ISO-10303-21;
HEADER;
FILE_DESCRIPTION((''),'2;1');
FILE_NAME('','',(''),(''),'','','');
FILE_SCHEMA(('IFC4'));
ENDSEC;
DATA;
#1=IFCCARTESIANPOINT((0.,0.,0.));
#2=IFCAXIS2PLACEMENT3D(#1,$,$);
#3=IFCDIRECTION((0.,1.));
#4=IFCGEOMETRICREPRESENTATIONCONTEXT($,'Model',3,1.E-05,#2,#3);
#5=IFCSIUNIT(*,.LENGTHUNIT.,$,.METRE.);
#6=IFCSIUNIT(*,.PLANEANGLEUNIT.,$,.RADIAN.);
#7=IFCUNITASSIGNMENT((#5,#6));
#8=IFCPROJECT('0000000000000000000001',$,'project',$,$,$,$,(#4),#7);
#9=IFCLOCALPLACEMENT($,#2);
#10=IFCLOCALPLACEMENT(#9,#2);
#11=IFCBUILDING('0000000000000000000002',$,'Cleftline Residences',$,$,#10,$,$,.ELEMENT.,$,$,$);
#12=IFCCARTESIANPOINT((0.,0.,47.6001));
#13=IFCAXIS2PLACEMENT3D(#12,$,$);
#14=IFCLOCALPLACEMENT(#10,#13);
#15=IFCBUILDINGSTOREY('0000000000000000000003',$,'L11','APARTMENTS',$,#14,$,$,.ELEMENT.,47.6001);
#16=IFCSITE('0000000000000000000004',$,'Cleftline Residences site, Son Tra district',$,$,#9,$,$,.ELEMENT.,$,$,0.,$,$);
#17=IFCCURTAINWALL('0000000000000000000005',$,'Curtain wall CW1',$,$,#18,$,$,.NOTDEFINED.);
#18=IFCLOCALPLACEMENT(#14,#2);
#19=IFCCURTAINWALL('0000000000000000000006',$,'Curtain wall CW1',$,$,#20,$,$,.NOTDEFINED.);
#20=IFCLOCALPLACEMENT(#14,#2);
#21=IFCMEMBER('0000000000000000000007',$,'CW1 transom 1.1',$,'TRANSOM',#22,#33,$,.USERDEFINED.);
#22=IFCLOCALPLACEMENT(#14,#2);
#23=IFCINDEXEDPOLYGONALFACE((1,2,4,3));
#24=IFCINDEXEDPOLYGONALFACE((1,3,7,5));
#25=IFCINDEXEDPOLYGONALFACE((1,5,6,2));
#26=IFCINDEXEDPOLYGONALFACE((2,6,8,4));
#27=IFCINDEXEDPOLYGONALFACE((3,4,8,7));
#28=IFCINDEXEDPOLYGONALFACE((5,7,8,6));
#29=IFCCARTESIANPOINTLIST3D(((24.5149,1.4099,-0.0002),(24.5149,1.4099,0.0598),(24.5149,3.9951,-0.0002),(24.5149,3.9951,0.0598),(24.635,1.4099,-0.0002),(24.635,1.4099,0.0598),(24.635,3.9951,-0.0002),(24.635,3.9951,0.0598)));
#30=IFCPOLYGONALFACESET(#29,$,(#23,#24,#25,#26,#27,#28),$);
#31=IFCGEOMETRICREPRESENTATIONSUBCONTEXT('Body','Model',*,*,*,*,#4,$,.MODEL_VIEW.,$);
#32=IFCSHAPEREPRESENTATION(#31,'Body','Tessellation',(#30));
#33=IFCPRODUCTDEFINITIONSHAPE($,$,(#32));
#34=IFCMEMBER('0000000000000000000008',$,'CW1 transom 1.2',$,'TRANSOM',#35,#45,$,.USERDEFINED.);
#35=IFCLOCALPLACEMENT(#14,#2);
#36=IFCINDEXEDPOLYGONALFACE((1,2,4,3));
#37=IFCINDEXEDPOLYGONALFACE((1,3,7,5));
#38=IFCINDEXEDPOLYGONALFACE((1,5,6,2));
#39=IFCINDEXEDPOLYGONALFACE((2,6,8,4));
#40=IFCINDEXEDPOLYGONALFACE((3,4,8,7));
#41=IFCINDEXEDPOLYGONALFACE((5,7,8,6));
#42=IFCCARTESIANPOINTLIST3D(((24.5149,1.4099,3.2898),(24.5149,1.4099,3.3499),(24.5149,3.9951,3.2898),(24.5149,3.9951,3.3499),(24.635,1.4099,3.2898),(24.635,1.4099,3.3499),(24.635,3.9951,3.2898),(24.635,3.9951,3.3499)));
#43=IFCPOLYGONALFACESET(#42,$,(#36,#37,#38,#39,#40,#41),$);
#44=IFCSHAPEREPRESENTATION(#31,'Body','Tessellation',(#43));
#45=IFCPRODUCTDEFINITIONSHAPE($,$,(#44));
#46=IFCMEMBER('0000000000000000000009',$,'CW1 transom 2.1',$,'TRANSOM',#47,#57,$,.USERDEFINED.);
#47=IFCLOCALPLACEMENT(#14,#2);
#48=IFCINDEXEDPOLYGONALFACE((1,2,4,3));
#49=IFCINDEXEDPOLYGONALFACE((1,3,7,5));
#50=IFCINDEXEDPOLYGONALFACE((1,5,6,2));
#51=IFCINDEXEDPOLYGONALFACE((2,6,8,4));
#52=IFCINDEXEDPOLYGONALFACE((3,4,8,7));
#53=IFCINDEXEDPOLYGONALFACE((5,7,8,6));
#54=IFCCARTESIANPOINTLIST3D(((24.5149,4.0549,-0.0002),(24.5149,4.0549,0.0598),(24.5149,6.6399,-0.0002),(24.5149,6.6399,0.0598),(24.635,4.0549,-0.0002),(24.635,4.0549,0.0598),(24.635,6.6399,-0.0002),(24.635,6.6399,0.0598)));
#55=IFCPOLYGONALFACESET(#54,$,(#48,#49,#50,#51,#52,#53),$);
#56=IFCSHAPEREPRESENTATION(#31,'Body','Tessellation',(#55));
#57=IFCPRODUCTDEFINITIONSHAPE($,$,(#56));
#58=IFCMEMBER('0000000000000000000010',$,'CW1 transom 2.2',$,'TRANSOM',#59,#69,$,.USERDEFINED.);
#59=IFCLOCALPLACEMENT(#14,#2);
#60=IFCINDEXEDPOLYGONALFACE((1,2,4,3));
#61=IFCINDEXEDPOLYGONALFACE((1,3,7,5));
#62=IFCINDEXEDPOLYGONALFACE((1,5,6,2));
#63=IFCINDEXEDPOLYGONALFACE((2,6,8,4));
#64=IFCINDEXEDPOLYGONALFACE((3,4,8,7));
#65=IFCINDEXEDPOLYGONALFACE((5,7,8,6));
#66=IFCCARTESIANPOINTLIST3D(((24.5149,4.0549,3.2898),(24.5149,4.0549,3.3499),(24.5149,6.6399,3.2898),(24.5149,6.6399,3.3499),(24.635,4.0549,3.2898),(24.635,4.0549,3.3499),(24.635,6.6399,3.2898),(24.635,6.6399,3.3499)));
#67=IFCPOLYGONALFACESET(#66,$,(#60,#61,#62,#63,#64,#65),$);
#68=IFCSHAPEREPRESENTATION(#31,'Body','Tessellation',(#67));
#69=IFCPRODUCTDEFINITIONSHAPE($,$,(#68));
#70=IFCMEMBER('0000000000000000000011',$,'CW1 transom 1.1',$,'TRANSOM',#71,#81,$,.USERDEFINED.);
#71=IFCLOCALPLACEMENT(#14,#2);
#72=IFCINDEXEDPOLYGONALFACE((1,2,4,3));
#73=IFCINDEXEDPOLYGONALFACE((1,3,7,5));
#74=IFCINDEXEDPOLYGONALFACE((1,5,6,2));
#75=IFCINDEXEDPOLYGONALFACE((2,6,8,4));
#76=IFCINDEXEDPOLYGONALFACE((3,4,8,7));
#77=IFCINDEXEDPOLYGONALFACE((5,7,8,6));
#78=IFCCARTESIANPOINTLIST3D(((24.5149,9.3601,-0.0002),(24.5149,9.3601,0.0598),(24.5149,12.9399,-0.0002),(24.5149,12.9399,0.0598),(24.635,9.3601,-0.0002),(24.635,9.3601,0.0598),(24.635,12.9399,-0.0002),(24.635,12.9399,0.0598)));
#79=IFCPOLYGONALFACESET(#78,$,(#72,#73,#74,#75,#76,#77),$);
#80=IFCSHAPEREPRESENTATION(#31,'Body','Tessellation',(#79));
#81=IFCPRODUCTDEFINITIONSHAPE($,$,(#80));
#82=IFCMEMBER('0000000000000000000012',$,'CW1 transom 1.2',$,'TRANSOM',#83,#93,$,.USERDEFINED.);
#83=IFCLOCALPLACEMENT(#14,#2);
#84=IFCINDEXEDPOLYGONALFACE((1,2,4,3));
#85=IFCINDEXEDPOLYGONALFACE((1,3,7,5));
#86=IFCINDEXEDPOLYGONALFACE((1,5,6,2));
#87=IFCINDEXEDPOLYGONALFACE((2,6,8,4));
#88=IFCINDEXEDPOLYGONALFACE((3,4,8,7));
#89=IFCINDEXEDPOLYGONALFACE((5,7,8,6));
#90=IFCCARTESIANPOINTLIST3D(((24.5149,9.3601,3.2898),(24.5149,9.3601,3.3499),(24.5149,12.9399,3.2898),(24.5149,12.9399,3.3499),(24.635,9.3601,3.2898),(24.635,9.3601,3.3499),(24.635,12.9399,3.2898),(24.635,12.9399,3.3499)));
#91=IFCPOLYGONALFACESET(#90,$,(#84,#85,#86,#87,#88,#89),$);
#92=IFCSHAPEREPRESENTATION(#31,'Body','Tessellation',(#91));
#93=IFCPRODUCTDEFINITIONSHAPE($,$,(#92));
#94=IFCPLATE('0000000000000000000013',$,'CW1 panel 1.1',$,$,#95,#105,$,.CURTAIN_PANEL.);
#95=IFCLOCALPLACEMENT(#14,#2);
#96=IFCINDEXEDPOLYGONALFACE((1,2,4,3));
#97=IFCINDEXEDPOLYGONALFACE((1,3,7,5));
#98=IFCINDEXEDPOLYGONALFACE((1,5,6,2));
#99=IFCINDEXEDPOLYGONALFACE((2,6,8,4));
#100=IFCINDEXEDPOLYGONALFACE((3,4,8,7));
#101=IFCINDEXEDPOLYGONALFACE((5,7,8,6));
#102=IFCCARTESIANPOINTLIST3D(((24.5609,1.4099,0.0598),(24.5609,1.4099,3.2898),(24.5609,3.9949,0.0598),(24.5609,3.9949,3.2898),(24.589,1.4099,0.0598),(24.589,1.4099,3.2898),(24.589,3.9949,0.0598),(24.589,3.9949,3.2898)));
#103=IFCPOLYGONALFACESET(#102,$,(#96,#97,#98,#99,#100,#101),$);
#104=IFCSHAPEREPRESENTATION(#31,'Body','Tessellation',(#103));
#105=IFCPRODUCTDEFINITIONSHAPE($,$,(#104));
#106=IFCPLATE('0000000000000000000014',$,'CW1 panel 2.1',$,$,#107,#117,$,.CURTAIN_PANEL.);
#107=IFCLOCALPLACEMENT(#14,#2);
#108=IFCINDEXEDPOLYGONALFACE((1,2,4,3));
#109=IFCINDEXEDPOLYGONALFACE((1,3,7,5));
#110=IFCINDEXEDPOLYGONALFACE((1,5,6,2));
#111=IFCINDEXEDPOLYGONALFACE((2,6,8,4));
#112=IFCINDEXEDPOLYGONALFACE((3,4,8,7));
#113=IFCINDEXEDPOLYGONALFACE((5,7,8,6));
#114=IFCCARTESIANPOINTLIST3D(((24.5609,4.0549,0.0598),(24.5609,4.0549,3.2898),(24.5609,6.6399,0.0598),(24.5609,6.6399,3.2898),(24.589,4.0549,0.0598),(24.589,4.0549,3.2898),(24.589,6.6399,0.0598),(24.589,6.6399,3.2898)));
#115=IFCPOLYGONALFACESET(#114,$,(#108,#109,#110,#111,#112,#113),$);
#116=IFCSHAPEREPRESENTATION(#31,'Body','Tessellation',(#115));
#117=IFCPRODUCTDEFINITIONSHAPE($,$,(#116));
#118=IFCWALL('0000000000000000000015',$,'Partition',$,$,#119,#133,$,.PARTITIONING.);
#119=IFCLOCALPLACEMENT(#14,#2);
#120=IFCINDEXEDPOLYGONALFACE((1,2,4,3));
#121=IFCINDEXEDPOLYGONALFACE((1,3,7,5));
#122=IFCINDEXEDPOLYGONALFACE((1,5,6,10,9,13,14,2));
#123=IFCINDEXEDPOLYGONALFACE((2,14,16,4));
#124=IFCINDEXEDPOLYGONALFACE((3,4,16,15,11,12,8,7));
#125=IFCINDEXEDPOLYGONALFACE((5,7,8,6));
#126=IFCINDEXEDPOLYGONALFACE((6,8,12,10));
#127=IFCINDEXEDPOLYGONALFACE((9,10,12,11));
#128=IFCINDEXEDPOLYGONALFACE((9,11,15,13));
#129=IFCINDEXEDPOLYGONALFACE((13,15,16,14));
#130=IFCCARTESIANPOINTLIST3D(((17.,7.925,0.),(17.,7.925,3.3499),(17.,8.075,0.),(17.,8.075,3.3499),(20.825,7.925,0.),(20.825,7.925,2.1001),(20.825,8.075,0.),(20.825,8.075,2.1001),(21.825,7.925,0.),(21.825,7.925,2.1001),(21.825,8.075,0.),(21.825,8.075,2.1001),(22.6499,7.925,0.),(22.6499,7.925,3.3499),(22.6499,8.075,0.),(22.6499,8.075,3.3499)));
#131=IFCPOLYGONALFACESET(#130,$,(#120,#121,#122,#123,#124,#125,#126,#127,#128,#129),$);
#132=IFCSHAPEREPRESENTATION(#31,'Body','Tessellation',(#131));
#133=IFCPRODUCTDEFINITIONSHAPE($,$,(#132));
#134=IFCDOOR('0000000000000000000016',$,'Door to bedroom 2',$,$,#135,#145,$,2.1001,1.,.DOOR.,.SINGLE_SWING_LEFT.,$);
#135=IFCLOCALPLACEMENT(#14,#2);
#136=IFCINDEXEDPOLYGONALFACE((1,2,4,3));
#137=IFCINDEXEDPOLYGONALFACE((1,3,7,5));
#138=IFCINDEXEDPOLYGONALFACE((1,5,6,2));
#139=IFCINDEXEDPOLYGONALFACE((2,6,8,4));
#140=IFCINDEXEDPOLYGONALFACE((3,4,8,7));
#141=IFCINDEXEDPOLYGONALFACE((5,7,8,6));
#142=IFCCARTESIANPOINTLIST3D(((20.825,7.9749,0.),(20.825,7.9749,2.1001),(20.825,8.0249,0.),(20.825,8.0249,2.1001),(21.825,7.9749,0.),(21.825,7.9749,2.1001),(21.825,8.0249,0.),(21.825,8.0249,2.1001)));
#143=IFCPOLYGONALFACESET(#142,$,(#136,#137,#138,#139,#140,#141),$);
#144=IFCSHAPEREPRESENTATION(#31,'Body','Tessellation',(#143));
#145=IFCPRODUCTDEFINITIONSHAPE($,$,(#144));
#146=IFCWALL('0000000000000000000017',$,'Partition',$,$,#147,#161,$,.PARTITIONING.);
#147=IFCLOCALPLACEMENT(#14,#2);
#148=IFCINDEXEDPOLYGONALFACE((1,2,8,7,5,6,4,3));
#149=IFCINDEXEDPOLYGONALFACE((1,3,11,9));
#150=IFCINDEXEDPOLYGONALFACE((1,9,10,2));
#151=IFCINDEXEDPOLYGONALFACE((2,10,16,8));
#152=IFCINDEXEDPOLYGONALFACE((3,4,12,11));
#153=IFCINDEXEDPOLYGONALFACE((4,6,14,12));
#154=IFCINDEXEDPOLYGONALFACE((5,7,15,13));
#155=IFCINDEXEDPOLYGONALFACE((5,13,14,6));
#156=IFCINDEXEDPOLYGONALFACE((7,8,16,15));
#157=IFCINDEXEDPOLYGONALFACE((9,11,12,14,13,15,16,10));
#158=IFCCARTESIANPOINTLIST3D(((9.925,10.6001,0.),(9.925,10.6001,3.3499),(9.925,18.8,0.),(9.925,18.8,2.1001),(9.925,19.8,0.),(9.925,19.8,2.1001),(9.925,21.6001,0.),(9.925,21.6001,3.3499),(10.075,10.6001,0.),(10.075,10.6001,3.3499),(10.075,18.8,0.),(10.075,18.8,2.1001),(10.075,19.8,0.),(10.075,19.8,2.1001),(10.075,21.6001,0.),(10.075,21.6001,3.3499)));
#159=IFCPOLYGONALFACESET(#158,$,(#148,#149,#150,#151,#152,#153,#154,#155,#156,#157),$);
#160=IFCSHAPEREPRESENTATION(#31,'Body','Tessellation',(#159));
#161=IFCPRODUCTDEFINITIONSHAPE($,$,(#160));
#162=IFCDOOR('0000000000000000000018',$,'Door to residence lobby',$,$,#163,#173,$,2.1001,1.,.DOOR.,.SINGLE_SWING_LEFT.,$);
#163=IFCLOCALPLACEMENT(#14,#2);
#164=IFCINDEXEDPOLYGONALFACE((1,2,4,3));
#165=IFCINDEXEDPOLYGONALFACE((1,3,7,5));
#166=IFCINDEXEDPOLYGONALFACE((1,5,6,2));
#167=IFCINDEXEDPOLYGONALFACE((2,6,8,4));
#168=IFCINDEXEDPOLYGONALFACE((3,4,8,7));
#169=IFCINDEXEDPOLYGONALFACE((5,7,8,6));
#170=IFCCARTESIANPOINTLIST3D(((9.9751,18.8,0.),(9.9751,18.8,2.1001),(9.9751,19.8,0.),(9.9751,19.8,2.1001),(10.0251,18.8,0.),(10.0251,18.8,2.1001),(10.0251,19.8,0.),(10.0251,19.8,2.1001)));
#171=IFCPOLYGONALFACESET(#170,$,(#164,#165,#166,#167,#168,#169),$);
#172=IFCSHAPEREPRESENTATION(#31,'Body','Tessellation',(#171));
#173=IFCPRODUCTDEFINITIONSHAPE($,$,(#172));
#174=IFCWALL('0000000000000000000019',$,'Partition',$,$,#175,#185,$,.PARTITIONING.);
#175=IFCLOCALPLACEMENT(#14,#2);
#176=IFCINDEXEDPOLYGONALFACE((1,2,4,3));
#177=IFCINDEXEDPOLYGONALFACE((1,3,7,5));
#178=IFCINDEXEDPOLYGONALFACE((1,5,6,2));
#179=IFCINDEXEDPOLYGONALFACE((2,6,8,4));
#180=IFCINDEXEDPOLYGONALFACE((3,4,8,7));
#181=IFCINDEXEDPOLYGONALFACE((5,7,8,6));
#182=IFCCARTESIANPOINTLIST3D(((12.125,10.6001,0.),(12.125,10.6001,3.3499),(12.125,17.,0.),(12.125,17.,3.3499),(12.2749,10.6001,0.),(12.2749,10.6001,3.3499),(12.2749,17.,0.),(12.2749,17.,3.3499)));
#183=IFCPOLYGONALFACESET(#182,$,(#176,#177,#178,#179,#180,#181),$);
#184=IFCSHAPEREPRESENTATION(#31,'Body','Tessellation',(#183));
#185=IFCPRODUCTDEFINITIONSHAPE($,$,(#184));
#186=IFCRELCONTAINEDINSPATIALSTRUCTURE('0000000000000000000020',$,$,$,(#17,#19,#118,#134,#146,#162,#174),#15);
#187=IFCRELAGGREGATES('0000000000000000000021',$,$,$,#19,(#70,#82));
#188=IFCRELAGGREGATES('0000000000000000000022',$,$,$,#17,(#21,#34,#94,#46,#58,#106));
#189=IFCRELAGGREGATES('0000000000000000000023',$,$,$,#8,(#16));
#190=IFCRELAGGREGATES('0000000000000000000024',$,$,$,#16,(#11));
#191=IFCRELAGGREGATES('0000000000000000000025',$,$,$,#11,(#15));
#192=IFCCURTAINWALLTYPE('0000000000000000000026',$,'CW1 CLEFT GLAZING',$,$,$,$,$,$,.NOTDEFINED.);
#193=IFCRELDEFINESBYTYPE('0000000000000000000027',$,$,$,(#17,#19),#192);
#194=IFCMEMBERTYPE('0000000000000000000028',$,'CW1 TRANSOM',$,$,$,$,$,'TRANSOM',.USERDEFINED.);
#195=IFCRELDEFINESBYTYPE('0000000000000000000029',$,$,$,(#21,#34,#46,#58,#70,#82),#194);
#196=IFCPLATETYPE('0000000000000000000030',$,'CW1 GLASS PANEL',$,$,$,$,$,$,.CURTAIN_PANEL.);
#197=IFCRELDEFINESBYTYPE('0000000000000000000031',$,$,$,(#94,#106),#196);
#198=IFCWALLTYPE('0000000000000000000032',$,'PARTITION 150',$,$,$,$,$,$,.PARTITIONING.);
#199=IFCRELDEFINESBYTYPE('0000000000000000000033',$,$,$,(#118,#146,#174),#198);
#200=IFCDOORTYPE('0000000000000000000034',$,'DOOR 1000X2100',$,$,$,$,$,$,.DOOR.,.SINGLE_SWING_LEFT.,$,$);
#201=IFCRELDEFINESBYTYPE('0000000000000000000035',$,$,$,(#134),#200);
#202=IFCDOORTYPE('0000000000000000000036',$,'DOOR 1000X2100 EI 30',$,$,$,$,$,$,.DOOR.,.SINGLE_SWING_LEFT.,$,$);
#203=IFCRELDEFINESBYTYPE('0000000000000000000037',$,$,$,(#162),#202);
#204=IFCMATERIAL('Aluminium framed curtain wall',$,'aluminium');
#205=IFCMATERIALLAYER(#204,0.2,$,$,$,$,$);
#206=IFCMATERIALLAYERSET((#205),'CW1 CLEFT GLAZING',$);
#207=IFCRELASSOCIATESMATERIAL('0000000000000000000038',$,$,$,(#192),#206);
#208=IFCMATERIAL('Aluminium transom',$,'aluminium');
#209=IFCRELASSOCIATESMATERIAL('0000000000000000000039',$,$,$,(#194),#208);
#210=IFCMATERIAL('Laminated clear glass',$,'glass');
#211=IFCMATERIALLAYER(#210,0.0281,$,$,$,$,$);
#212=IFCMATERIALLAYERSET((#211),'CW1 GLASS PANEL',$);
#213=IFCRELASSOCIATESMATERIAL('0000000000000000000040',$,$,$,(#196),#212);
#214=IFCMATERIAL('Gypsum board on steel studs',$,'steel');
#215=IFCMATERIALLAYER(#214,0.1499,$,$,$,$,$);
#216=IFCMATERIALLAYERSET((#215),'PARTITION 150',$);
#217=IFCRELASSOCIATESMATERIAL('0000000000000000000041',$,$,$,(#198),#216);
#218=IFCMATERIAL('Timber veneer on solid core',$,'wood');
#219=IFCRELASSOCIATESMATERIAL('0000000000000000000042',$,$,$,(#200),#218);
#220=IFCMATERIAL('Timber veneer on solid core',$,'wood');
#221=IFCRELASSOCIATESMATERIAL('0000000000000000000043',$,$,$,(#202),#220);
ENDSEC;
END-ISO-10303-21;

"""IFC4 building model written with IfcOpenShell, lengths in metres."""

from ifc_helpers import new_model, si_unit, direction, frame, frame_2d, origin, origin_2d, place, context, subcontext, project, spatial, rectangle, extrude, material, layer, layer_set, material_profile, profile_set, type_object, element, fill, aggregate, save


model = new_model("IFC4")

# Units and contexts
model_context = context("Model", 3, precision=1e-05, world=origin(), true_north=direction((0.0, 1.0)))
body_context = subcontext(model_context, "Body", "Model", "MODEL_VIEW")
ifc_project = project(units=[si_unit("LENGTHUNIT", "METRE"), si_unit("PLANEANGLEUNIT", "RADIAN")], contexts=[model_context])

# Site, building, storey
site_placement = place(None, origin())
site = spatial("IfcSite", under=ifc_project, at=site_placement, Name="Cleftline Residences site, Son Tra district", CompositionType="ELEMENT", RefElevation=0.0)
building_placement = place(site_placement, origin())
building = spatial("IfcBuilding", under=site, at=building_placement, Name="Cleftline Residences", CompositionType="ELEMENT")
storey_placement = place(building_placement, frame((0.0, 0.0, 47.6001)))
storey = spatial("IfcBuildingStorey", under=building, at=storey_placement, Name="L11", Description="APARTMENTS", CompositionType="ELEMENT", Elevation=47.6001)

# Curtain wall
ifc_material_1 = material(Name="Aluminium framed curtain wall", Category="aluminium")
ifc_layer_1 = layer(ifc_material_1, 0.2)
ifc_layer_set_1 = layer_set([ifc_layer_1], Name="CW1 CLEFT GLAZING")
curtain_wall_type = type_object("IfcCurtainWallType", Name="CW1 CLEFT GLAZING", PredefinedType="NOTDEFINED", material=ifc_layer_set_1)
curtain_wall_1_placement = place(storey_placement, origin())
curtain_wall_1 = element("IfcCurtainWall", 1, at=curtain_wall_1_placement, inside=storey, type_object=curtain_wall_type, Name="Curtain wall CW1", PredefinedType="NOTDEFINED")

# Curtain wall
curtain_wall_2_placement = place(storey_placement, origin())
curtain_wall_2 = element("IfcCurtainWall", 2, at=curtain_wall_2_placement, inside=storey, type_object=curtain_wall_type, Name="Curtain wall CW1", PredefinedType="NOTDEFINED")

# Members
ifc_material_2 = material(Name="Aluminium transom", Category="aluminium")
ifc_material_profile_1 = material_profile(ifc_material_2, rectangle(XDim=0.1201, YDim=0.0601, at=origin_2d()))
ifc_profile_set_1 = profile_set([ifc_material_profile_1], Name="Aluminium transom")
member_type_1 = type_object("IfcMemberType", Name="CW1 TRANSOM", ElementType="TRANSOM", PredefinedType="USERDEFINED", material=ifc_profile_set_1)
member_1_placement = place(storey_placement, frame((24.575, 1.4099, 0.0298), z_axis=(0.0, 1.0, 0.0), x_axis=(-1.0, 0.0, 0.0)))
member_1 = element("IfcMember", 3, at=member_1_placement, type_object=member_type_1, Name="CW1 transom 1.1", ObjectType="TRANSOM", PredefinedType="USERDEFINED", context=body_context, shape_type="SweptSolid", body=[
    extrude(rectangle(XDim=0.1201, YDim=0.0601, at=origin_2d()), origin(), (0.0, 0.0, 1.0), 2.5852),
])
member_2_placement = place(storey_placement, frame((24.575, 1.4099, 3.3198), z_axis=(0.0, 1.0, 0.0), x_axis=(-1.0, 0.0, 0.0)))
member_2 = element("IfcMember", 4, at=member_2_placement, type_object=member_type_1, Name="CW1 transom 1.2", ObjectType="TRANSOM", PredefinedType="USERDEFINED", context=body_context, shape_type="SweptSolid", body=[
    extrude(rectangle(XDim=0.1201, YDim=0.0601, at=origin_2d()), origin(), (0.0, 0.0, 1.0), 2.5852),
])
member_3_placement = place(storey_placement, frame((24.575, 4.0549, 0.0298), z_axis=(0.0, 1.0, 0.0), x_axis=(-1.0, 0.0, 0.0)))
member_3 = element("IfcMember", 5, at=member_3_placement, type_object=member_type_1, Name="CW1 transom 2.1", ObjectType="TRANSOM", PredefinedType="USERDEFINED", context=body_context, shape_type="SweptSolid", body=[
    extrude(rectangle(XDim=0.1201, YDim=0.0601, at=origin_2d()), origin(), (0.0, 0.0, 1.0), 2.585),
])
member_4_placement = place(storey_placement, frame((24.575, 4.0549, 3.3198), z_axis=(0.0, 1.0, 0.0), x_axis=(-1.0, 0.0, 0.0)))
member_4 = element("IfcMember", 6, at=member_4_placement, type_object=member_type_1, Name="CW1 transom 2.2", ObjectType="TRANSOM", PredefinedType="USERDEFINED", context=body_context, shape_type="SweptSolid", body=[
    extrude(rectangle(XDim=0.1201, YDim=0.0601, at=origin_2d()), origin(), (0.0, 0.0, 1.0), 2.585),
])
member_5_placement = place(storey_placement, frame((24.575, 9.3601, 0.0298), z_axis=(0.0, 1.0, 0.0), x_axis=(-1.0, 0.0, 0.0)))
member_5 = element("IfcMember", 7, at=member_5_placement, type_object=member_type_1, Name="CW1 transom 1.1", ObjectType="TRANSOM", PredefinedType="USERDEFINED", context=body_context, shape_type="SweptSolid", body=[
    extrude(rectangle(XDim=0.1201, YDim=0.0601, at=origin_2d()), origin(), (0.0, 0.0, 1.0), 3.5798),
])
member_6_placement = place(storey_placement, frame((24.575, 9.3601, 3.3198), z_axis=(0.0, 1.0, 0.0), x_axis=(-1.0, 0.0, 0.0)))
member_6 = element("IfcMember", 8, at=member_6_placement, type_object=member_type_1, Name="CW1 transom 1.2", ObjectType="TRANSOM", PredefinedType="USERDEFINED", context=body_context, shape_type="SweptSolid", body=[
    extrude(rectangle(XDim=0.1201, YDim=0.0601, at=origin_2d()), origin(), (0.0, 0.0, 1.0), 3.5798),
])
aggregate(curtain_wall_2, [member_5, member_6])

# Plates
ifc_material_3 = material(Name="Laminated clear glass", Category="glass")
ifc_layer_2 = layer(ifc_material_3, 0.0281)
ifc_layer_set_2 = layer_set([ifc_layer_2], Name="CW1 GLASS PANEL")
plate_type = type_object("IfcPlateType", Name="CW1 GLASS PANEL", PredefinedType="CURTAIN_PANEL", material=ifc_layer_set_2)
plate_1_placement = place(storey_placement, frame((24.575, 2.7024, 0.0598), z_axis=(0.0, 0.0, 1.0), x_axis=(0.0, 1.0, 0.0)))
plate_1 = element("IfcPlate", 9, at=plate_1_placement, type_object=plate_type, Name="CW1 panel 1.1", PredefinedType="CURTAIN_PANEL", context=body_context, shape_type="SweptSolid", body=[
    extrude(rectangle(XDim=2.585, YDim=0.0281, at=origin_2d()), origin(), (0.0, 0.0, 1.0), 3.23),
])
plate_2_placement = place(storey_placement, frame((24.575, 5.3474, 0.0598), z_axis=(0.0, 0.0, 1.0), x_axis=(0.0, 1.0, 0.0)))
plate_2 = element("IfcPlate", 10, at=plate_2_placement, type_object=plate_type, Name="CW1 panel 2.1", PredefinedType="CURTAIN_PANEL", context=body_context, shape_type="SweptSolid", body=[
    extrude(rectangle(XDim=2.585, YDim=0.0281, at=origin_2d()), origin(), (0.0, 0.0, 1.0), 3.23),
])
aggregate(curtain_wall_1, [member_1, member_2, plate_1, member_3, member_4, plate_2])

# Walls, openings, doors
ifc_material_4 = material(Name="Gypsum board on steel studs", Category="steel")
ifc_layer_3 = layer(ifc_material_4, 0.1499)
ifc_layer_set_3 = layer_set([ifc_layer_3], Name="PARTITION 150")
wall_type = type_object("IfcWallType", Name="PARTITION 150", PredefinedType="PARTITIONING", material=ifc_layer_set_3)
wall_1_placement = place(storey_placement, frame((17.0, 8.0, 0.0), z_axis=(0.0, 0.0, 1.0), x_axis=(1.0, 0.0, 0.0)))
wall_1 = element("IfcWall", 11, at=wall_1_placement, inside=storey, type_object=wall_type, Name="Partition", PredefinedType="PARTITIONING", context=body_context, shape_type="SweptSolid", body=[
    extrude(rectangle(XDim=5.6499, YDim=0.1499, at=frame_2d((2.825, 0.0))), origin(), (0.0, 0.0, 1.0), 3.3499),
])
opening_1_placement = place(wall_1_placement, frame((3.825, 0.0, 0.0)))
opening_1 = element("IfcOpeningElement", 12, at=opening_1_placement, cuts=wall_1, PredefinedType="OPENING", context=body_context, shape_type="SweptSolid", body=[
    extrude(rectangle(XDim=1.0, YDim=2.1001, at=frame_2d((0.5, 1.05))), frame((0.0, 0.085, 0.0), z_axis=(0.0, -1.0, 0.0), x_axis=(1.0, 0.0, 0.0)), (0.0, 0.0, 1.0), 0.1699),
])
ifc_material_5 = material(Name="Timber veneer on solid core", Category="wood")
door_type_1 = type_object("IfcDoorType", Name="DOOR 1000X2100", OperationType="SINGLE_SWING_LEFT", PredefinedType="DOOR", material=ifc_material_5)
door_1_placement = place(opening_1_placement, origin())
door_1 = element("IfcDoor", 13, at=door_1_placement, inside=storey, type_object=door_type_1, Name="Door to bedroom 2", OperationType="SINGLE_SWING_LEFT", OverallHeight=2.1001, OverallWidth=1.0, PredefinedType="DOOR", context=body_context, shape_type="SweptSolid", body=[
    extrude(rectangle(XDim=1.0, YDim=2.1001, at=frame_2d((0.5, 1.05))), frame((0.0, 0.0249, 0.0), z_axis=(0.0, -1.0, 0.0), x_axis=(1.0, 0.0, 0.0)), (0.0, 0.0, 1.0), 0.05),
])
fill(opening_1, door_1)
wall_2_placement = place(storey_placement, frame((10.0, 10.6001, 0.0), z_axis=(0.0, 0.0, 1.0), x_axis=(0.0, 1.0, 0.0)))
wall_2 = element("IfcWall", 14, at=wall_2_placement, inside=storey, type_object=wall_type, Name="Partition", PredefinedType="PARTITIONING", context=body_context, shape_type="SweptSolid", body=[
    extrude(rectangle(XDim=11.0, YDim=0.1499, at=frame_2d((5.5, 0.0))), origin(), (0.0, 0.0, 1.0), 3.3499),
])
opening_2_placement = place(wall_2_placement, frame((8.2, 0.0, 0.0)))
opening_2 = element("IfcOpeningElement", 15, at=opening_2_placement, cuts=wall_2, PredefinedType="OPENING", context=body_context, shape_type="SweptSolid", body=[
    extrude(rectangle(XDim=1.0, YDim=2.1001, at=frame_2d((0.5, 1.05))), frame((0.0, 0.085, 0.0), z_axis=(0.0, -1.0, 0.0), x_axis=(1.0, 0.0, 0.0)), (0.0, 0.0, 1.0), 0.1699),
])
ifc_material_6 = material(Name="Timber veneer on solid core", Category="wood")
door_type_2 = type_object("IfcDoorType", Name="DOOR 1000X2100 EI 30", OperationType="SINGLE_SWING_LEFT", PredefinedType="DOOR", material=ifc_material_6)
door_2_placement = place(opening_2_placement, origin())
door_2 = element("IfcDoor", 16, at=door_2_placement, inside=storey, type_object=door_type_2, Name="Door to residence lobby", OperationType="SINGLE_SWING_LEFT", OverallHeight=2.1001, OverallWidth=1.0, PredefinedType="DOOR", context=body_context, shape_type="SweptSolid", body=[
    extrude(rectangle(XDim=1.0, YDim=2.1001, at=frame_2d((0.5, 1.05))), frame((0.0, 0.0249, 0.0), z_axis=(0.0, -1.0, 0.0), x_axis=(1.0, 0.0, 0.0)), (0.0, 0.0, 1.0), 0.05),
])
fill(opening_2, door_2)

# Wall
wall_3_placement = place(storey_placement, frame((12.2, 10.6001, 0.0), z_axis=(0.0, 0.0, 1.0), x_axis=(0.0, 1.0, 0.0)))
element("IfcWall", 17, at=wall_3_placement, inside=storey, type_object=wall_type, Name="Partition", PredefinedType="PARTITIONING", context=body_context, shape_type="SweptSolid", body=[
    extrude(rectangle(XDim=6.3999, YDim=0.1499, at=frame_2d((3.2, 0.0))), origin(), (0.0, 0.0, 1.0), 3.3499),
])

save(model, "model.ifc")
